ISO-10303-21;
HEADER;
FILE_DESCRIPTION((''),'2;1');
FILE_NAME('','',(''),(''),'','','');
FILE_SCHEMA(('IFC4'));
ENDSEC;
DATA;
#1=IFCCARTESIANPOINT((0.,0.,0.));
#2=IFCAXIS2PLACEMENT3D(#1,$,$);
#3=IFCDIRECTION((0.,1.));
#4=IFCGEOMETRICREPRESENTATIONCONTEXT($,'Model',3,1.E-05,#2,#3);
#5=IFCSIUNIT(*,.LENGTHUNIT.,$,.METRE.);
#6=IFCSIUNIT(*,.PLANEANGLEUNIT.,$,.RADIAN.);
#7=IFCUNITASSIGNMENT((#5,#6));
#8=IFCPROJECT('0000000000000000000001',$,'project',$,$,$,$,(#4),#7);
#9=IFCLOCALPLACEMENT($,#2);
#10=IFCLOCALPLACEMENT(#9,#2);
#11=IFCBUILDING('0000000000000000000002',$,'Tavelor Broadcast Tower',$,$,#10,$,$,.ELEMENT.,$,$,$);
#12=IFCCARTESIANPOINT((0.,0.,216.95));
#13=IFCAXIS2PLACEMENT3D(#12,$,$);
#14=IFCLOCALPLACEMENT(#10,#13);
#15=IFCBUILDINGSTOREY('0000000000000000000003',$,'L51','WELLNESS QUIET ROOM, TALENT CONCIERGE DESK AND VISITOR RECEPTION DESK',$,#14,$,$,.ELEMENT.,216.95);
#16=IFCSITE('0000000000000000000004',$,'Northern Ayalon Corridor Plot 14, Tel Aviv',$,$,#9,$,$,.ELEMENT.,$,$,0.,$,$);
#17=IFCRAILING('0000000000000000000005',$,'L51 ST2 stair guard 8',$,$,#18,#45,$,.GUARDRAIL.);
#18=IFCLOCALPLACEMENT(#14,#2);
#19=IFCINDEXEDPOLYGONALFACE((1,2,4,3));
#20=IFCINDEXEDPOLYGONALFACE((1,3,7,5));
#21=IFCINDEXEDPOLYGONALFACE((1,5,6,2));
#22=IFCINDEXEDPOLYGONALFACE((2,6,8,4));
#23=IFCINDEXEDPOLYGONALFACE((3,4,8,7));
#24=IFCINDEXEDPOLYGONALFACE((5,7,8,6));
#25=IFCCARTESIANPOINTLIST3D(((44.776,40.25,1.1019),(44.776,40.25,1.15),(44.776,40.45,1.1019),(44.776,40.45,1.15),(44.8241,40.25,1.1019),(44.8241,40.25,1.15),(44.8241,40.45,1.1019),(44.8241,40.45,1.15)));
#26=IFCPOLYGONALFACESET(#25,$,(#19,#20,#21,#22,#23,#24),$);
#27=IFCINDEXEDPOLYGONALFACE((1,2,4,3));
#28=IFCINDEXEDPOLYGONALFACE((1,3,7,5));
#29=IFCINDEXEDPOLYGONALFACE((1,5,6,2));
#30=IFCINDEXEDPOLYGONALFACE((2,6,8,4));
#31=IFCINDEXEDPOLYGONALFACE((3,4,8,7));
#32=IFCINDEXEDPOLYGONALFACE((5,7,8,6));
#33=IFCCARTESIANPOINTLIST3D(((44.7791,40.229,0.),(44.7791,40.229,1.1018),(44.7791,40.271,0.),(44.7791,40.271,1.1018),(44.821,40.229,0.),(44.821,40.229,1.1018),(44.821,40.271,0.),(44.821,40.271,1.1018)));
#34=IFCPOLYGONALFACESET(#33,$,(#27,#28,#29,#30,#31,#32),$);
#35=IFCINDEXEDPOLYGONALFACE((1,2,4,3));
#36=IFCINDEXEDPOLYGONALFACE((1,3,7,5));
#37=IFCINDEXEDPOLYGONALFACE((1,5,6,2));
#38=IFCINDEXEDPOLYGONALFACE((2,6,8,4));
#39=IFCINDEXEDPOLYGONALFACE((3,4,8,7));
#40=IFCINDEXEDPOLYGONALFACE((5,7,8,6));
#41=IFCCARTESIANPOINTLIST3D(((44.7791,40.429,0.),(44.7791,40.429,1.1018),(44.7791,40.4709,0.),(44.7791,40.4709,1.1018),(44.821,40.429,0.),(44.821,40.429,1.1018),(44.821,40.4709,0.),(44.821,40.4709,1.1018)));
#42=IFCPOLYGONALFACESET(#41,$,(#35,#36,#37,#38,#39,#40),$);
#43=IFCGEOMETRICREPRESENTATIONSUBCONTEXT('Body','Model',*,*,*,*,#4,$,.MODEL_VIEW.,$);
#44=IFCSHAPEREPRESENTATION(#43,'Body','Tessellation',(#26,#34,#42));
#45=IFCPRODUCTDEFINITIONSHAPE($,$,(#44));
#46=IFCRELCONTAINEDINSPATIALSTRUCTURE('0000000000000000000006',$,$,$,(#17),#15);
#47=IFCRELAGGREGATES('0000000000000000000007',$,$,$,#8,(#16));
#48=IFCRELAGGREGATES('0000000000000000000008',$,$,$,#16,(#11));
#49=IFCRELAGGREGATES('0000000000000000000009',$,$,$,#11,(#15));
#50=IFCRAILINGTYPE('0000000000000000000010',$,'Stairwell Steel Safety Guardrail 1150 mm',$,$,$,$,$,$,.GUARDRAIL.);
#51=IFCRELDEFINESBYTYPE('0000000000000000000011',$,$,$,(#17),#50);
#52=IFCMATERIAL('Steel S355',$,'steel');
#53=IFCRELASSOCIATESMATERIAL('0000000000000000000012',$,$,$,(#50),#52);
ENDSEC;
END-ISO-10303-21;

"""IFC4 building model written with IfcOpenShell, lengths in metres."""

from ifc_helpers import new_model, si_unit, direction, frame, origin, origin_2d, place, context, subcontext, project, spatial, rectangle, extrude, material, type_object, element, save


model = new_model("IFC4")

# Units and contexts
model_context = context("Model", 3, precision=1e-05, world=origin(), true_north=direction((0.0, 1.0)))
body_context = subcontext(model_context, "Body", "Model", "MODEL_VIEW")
ifc_project = project(units=[si_unit("LENGTHUNIT", "METRE"), si_unit("PLANEANGLEUNIT", "RADIAN")], contexts=[model_context])

# Site, building, storey
site_placement = place(None, origin())
site = spatial("IfcSite", under=ifc_project, at=site_placement, Name="Northern Ayalon Corridor Plot 14, Tel Aviv", CompositionType="ELEMENT", RefElevation=0.0)
building_placement = place(site_placement, origin())
building = spatial("IfcBuilding", under=site, at=building_placement, Name="Tavelor Broadcast Tower", CompositionType="ELEMENT")
storey_placement = place(building_placement, frame((0.0, 0.0, 216.95)))
storey = spatial("IfcBuildingStorey", under=building, at=storey_placement, Name="L51", Description="WELLNESS QUIET ROOM, TALENT CONCIERGE DESK AND VISITOR RECEPTION DESK", CompositionType="ELEMENT", Elevation=216.95)

# Shared definitions
ifc_material_1 = material(Name="Steel S355", Category="steel")

# Railing
railing_type_1 = type_object("IfcRailingType", Name="Stairwell Steel Safety Guardrail 1150 mm", PredefinedType="GUARDRAIL", material=ifc_material_1)
railing_1_placement = place(storey_placement, frame((44.8, 40.25, 0.0)))
element("IfcRailing", 1, at=railing_1_placement, inside=storey, type_object=railing_type_1, Name="L51 ST2 stair guard 8", PredefinedType="GUARDRAIL", context=body_context, shape_type="SweptSolid", body=[
    extrude(rectangle(XDim=0.0481, YDim=0.0481, at=origin_2d()), frame((0.0, 0.0, 1.126), z_axis=(0.0, 1.0, 0.0), x_axis=(-1.0, 0.0, 0.0)), (0.0, 0.0, 1.0), 0.2),
    extrude(rectangle(XDim=0.042, YDim=0.042, at=origin_2d()), origin(), (0.0, 0.0, 1.0), 1.1018),
    extrude(rectangle(XDim=0.042, YDim=0.042, at=origin_2d()), frame((0.0, 0.2, 0.0)), (0.0, 0.0, 1.0), 1.1018),
])

save(model, "model.ifc")
